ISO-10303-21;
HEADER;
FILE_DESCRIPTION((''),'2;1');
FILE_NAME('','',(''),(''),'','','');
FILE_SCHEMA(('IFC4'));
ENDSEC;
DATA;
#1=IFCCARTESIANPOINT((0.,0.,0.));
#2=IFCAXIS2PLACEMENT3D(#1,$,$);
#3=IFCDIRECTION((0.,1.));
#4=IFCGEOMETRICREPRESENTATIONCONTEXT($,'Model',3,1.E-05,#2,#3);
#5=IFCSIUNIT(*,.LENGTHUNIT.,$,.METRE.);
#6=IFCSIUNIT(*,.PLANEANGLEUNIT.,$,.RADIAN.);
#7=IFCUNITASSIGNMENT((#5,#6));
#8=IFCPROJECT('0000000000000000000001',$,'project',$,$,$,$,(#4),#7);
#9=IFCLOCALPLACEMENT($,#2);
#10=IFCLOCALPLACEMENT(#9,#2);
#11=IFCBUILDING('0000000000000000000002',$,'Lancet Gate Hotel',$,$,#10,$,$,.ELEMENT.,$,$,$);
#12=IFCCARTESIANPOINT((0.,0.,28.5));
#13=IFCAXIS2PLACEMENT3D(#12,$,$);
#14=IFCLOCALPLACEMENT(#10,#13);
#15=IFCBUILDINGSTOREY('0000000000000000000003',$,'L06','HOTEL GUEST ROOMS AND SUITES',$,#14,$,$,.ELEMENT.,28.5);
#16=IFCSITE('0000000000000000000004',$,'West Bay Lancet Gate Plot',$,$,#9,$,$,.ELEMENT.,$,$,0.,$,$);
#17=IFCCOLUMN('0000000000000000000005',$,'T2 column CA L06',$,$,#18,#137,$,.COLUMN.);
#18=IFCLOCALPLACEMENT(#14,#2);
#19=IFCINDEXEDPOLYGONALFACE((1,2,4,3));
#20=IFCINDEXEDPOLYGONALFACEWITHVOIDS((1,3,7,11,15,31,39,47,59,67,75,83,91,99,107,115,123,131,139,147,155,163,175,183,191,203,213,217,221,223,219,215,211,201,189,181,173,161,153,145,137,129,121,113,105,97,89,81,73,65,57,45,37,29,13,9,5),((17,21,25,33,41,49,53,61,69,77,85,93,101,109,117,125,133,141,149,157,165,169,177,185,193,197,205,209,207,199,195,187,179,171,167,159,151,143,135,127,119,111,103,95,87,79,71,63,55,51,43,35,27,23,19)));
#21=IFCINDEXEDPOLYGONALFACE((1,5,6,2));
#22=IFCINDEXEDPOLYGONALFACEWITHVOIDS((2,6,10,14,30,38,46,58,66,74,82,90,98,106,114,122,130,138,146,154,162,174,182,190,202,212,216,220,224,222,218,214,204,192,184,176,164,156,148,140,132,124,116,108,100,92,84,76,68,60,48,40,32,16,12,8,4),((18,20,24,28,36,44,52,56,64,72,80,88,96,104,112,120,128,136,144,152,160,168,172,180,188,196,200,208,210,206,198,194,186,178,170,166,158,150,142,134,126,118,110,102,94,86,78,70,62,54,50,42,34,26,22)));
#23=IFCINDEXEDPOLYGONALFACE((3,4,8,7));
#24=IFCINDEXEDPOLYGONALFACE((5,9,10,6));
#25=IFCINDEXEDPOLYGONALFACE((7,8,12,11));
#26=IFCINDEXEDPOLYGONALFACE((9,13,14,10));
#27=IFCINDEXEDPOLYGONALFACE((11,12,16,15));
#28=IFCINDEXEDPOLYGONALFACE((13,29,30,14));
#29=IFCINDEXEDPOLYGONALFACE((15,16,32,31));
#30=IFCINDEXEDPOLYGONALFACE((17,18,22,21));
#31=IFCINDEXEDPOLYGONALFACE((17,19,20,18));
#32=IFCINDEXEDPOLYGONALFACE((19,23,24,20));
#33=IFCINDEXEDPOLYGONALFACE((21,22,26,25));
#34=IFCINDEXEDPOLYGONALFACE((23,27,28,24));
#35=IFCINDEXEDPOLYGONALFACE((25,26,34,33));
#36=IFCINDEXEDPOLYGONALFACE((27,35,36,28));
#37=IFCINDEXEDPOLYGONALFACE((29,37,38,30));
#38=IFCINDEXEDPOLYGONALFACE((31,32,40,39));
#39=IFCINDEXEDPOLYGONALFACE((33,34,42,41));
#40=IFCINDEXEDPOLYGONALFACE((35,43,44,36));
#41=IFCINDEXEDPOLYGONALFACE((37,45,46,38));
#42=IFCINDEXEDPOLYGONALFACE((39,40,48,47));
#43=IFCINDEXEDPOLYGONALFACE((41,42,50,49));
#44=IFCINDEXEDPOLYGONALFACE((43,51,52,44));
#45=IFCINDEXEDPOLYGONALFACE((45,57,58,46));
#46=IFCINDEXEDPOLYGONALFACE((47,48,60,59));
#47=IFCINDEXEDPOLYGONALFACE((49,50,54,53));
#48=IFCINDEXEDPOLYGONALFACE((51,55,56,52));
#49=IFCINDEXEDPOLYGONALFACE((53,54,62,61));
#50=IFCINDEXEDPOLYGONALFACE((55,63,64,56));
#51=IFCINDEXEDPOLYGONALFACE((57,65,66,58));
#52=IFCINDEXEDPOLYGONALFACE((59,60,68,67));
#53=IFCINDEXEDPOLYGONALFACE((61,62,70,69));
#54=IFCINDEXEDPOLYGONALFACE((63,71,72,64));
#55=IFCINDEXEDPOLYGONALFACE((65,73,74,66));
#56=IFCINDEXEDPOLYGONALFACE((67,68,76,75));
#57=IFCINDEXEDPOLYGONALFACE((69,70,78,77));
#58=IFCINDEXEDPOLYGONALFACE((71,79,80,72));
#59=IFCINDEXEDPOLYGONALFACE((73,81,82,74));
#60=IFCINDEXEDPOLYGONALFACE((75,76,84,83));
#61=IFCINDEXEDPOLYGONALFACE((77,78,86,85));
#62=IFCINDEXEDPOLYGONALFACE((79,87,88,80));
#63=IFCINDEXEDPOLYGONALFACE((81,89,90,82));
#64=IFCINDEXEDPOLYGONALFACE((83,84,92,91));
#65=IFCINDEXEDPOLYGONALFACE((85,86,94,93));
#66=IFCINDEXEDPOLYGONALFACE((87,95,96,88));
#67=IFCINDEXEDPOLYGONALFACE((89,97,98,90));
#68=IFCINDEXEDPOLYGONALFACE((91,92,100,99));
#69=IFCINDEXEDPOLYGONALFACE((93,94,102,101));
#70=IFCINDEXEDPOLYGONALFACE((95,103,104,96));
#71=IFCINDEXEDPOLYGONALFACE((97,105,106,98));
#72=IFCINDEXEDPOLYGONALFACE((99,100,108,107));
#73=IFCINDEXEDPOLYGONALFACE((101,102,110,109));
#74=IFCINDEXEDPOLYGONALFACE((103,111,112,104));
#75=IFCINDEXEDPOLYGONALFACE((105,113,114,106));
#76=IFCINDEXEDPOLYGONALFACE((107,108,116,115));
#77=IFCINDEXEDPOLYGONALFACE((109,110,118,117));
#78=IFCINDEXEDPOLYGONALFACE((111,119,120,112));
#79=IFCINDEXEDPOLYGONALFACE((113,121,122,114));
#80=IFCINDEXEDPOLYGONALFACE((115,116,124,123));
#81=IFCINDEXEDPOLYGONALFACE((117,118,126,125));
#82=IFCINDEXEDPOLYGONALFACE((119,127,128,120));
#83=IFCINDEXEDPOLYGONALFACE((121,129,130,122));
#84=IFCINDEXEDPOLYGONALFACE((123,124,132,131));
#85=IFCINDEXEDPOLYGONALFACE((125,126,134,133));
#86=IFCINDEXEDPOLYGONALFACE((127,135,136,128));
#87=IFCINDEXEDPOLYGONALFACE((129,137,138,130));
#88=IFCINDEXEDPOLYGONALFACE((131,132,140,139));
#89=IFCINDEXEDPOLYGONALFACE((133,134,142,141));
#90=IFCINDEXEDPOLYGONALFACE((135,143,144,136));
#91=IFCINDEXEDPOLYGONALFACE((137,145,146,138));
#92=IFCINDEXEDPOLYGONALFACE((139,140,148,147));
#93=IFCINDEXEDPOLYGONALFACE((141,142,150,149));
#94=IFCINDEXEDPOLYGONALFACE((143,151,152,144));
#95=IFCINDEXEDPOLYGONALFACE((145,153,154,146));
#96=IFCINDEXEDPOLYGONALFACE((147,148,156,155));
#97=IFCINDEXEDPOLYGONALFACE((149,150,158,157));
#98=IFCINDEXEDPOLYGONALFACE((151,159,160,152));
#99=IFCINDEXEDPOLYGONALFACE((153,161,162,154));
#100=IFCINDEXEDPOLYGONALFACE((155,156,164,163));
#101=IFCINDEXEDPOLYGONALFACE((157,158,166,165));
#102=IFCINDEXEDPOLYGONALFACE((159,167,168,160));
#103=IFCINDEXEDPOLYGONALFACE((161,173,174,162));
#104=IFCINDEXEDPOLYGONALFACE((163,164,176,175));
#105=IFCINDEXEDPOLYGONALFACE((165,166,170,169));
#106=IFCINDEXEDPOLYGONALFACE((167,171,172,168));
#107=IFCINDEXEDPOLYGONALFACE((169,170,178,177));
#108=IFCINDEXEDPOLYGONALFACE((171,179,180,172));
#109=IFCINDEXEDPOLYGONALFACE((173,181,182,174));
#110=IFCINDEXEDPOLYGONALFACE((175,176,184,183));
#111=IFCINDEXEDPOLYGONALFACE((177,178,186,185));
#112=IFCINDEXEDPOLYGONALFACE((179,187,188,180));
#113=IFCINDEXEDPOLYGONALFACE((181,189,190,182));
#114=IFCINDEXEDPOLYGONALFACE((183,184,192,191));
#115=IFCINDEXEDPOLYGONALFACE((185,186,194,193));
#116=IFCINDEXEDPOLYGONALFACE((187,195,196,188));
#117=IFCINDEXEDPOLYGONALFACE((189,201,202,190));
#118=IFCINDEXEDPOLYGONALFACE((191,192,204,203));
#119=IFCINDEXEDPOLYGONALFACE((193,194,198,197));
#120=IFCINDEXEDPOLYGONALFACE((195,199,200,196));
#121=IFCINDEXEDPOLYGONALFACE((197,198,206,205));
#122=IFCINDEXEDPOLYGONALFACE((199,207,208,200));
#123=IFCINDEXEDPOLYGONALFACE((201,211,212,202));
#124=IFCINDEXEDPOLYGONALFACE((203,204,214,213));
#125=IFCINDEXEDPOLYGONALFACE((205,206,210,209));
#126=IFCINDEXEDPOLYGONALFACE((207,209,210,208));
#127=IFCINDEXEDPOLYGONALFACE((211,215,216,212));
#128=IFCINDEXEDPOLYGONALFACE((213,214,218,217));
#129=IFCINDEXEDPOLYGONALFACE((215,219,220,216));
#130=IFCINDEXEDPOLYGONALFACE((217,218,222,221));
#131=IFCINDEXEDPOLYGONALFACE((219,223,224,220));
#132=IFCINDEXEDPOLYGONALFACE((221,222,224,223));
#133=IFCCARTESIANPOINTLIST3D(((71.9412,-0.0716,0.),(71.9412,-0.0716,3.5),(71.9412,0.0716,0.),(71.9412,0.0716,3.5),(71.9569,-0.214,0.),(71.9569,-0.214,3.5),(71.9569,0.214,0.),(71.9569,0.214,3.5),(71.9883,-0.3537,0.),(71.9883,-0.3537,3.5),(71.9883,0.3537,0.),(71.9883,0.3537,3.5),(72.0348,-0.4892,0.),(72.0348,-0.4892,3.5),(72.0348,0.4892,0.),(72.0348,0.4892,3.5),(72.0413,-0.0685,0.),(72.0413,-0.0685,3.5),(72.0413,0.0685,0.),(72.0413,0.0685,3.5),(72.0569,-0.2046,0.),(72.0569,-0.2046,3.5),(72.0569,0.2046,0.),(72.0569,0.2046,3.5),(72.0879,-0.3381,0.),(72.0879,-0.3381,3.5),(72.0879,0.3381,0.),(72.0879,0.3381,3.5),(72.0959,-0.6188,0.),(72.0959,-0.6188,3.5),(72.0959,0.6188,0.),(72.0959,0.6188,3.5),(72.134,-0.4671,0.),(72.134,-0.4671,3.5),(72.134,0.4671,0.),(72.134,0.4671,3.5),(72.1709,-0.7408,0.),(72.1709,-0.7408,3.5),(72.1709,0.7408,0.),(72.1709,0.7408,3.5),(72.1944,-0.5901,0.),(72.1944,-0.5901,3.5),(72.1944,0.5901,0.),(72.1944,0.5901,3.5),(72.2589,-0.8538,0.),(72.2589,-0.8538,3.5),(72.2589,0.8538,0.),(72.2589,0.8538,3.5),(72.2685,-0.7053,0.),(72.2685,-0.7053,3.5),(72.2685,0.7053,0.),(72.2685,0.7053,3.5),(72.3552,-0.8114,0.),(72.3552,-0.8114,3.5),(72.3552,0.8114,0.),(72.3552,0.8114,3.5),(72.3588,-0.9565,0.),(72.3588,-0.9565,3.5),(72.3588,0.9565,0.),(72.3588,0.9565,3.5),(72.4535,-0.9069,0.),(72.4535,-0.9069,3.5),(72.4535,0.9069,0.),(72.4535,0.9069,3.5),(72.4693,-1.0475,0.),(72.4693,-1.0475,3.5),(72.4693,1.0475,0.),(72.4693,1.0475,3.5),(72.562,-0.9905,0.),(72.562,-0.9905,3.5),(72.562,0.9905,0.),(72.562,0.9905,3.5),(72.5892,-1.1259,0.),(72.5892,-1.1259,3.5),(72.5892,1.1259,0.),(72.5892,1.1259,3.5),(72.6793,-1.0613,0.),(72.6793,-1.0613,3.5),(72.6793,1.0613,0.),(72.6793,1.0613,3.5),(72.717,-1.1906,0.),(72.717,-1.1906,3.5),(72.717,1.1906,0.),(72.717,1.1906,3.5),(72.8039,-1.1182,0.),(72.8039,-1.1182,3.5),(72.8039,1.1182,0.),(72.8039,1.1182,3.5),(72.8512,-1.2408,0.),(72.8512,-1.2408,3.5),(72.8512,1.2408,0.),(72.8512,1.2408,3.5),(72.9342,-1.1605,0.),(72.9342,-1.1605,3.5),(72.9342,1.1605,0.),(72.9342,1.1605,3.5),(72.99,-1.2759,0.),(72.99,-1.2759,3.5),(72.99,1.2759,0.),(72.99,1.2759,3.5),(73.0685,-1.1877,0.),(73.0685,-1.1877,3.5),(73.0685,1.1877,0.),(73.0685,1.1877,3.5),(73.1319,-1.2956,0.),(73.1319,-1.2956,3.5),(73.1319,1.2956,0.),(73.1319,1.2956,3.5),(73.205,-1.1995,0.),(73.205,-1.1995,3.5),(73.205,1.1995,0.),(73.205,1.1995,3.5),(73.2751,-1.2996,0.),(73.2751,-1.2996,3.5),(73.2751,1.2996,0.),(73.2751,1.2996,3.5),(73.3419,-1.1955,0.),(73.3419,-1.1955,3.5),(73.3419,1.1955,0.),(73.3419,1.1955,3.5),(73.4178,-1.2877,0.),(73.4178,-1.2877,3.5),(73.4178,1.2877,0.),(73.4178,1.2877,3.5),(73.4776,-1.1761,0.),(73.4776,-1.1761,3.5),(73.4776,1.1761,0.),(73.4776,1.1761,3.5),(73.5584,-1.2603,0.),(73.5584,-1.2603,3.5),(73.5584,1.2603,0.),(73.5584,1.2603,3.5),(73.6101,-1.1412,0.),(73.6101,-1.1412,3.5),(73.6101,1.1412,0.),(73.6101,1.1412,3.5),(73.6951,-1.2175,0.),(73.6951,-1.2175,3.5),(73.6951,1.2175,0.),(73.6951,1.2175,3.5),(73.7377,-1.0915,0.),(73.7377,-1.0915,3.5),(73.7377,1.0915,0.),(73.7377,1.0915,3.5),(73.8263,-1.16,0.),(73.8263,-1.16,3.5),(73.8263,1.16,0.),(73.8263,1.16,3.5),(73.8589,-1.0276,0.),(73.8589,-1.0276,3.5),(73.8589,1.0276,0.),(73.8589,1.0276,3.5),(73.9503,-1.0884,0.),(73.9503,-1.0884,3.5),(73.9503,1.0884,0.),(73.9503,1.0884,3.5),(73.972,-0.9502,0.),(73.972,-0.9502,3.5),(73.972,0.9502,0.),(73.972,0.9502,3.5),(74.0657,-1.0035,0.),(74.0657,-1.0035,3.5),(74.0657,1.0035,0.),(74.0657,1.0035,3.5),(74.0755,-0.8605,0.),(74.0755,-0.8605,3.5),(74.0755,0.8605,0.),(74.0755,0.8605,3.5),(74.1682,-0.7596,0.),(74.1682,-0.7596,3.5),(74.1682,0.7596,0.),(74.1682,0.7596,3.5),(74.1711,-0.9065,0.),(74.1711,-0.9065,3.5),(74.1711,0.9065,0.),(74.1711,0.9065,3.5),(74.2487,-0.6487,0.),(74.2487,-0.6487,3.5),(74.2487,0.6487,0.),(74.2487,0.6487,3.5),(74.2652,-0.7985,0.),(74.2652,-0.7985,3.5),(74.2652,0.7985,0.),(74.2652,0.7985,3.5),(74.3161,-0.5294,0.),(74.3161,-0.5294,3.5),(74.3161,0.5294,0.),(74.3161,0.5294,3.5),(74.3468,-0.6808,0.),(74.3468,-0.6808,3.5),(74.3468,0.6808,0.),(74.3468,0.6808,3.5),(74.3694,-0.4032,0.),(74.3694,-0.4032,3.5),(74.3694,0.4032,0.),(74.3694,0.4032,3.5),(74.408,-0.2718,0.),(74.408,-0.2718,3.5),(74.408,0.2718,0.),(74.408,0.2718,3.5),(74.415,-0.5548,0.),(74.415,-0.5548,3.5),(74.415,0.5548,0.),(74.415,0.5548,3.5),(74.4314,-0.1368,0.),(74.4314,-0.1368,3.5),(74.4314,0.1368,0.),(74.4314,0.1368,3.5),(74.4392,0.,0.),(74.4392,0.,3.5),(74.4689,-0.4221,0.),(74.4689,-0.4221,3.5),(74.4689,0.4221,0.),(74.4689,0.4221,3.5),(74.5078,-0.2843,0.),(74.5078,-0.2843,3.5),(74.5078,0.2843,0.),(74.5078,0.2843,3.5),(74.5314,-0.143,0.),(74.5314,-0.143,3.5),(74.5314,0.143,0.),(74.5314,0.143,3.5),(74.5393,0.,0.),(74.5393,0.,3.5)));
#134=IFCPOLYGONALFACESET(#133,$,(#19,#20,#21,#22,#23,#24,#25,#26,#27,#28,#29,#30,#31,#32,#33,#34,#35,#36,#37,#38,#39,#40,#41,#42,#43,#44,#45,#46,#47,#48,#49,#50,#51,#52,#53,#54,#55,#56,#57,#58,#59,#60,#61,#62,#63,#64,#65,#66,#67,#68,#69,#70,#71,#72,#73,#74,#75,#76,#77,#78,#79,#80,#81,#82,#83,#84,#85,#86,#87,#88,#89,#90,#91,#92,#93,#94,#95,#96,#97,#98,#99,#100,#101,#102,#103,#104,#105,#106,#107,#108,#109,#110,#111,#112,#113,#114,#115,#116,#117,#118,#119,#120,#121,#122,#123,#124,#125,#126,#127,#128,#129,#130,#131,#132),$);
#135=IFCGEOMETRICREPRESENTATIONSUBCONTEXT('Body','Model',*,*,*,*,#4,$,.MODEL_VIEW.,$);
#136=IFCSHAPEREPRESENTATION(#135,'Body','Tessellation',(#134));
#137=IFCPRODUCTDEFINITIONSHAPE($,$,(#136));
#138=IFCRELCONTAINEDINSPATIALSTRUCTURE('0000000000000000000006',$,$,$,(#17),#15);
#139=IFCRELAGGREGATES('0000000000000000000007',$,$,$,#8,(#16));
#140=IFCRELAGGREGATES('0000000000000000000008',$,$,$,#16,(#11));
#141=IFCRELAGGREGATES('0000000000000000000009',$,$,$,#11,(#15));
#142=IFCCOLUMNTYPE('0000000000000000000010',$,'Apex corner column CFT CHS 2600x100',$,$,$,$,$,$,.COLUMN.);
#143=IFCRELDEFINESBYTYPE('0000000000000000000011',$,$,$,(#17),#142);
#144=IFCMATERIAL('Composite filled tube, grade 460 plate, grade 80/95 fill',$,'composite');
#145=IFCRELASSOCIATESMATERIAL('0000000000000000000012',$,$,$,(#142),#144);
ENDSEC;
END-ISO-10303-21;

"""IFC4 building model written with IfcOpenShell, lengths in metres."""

from ifc_helpers import new_model, si_unit, direction, frame, origin, origin_2d, place, context, subcontext, project, spatial, hollow_circle, extrude, material, material_profile, profile_set, type_object, element, save


model = new_model("IFC4")

# Units and contexts
model_context = context("Model", 3, precision=1e-05, world=origin(), true_north=direction((0.0, 1.0)))
body_context = subcontext(model_context, "Body", "Model", "MODEL_VIEW")
ifc_project = project(units=[si_unit("LENGTHUNIT", "METRE"), si_unit("PLANEANGLEUNIT", "RADIAN")], contexts=[model_context])

# Site, building, storey
site_placement = place(None, origin())
site = spatial("IfcSite", under=ifc_project, at=site_placement, Name="West Bay Lancet Gate Plot", CompositionType="ELEMENT", RefElevation=0.0)
building_placement = place(site_placement, origin())
building = spatial("IfcBuilding", under=site, at=building_placement, Name="Lancet Gate Hotel", CompositionType="ELEMENT")
storey_placement = place(building_placement, frame((0.0, 0.0, 28.5)))
storey = spatial("IfcBuildingStorey", under=building, at=storey_placement, Name="L06", Description="HOTEL GUEST ROOMS AND SUITES", CompositionType="ELEMENT", Elevation=28.5)

# Column
ifc_material_1 = material(Name="Composite filled tube, grade 460 plate, grade 80/95 fill", Category="composite")
ifc_material_profile_1 = material_profile(ifc_material_1, hollow_circle(Radius=1.3, WallThickness=0.1001, at=origin_2d()), Name="CHS 2600x100")
ifc_profile_set_1 = profile_set([ifc_material_profile_1], Name="Composite filled tube, grade 460 plate, grade 80/95 fill")
column_type_1 = type_object("IfcColumnType", Name="Apex corner column CFT CHS 2600x100", PredefinedType="COLUMN", material=ifc_profile_set_1)
column_1_placement = place(storey_placement, frame((73.2393, 0.0, 0.0), z_axis=(0.0, 0.0, 1.0), x_axis=(1.0, 0.0, 0.0)))
element("IfcColumn", 1, at=column_1_placement, inside=storey, type_object=column_type_1, Name="T2 column CA L06", PredefinedType="COLUMN", context=body_context, shape_type="SweptSolid", body=[
    extrude(hollow_circle(Radius=1.3, WallThickness=0.1001, at=origin_2d()), origin(), (0.0, 0.0, 1.0), 3.5),
])

save(model, "model.ifc")
